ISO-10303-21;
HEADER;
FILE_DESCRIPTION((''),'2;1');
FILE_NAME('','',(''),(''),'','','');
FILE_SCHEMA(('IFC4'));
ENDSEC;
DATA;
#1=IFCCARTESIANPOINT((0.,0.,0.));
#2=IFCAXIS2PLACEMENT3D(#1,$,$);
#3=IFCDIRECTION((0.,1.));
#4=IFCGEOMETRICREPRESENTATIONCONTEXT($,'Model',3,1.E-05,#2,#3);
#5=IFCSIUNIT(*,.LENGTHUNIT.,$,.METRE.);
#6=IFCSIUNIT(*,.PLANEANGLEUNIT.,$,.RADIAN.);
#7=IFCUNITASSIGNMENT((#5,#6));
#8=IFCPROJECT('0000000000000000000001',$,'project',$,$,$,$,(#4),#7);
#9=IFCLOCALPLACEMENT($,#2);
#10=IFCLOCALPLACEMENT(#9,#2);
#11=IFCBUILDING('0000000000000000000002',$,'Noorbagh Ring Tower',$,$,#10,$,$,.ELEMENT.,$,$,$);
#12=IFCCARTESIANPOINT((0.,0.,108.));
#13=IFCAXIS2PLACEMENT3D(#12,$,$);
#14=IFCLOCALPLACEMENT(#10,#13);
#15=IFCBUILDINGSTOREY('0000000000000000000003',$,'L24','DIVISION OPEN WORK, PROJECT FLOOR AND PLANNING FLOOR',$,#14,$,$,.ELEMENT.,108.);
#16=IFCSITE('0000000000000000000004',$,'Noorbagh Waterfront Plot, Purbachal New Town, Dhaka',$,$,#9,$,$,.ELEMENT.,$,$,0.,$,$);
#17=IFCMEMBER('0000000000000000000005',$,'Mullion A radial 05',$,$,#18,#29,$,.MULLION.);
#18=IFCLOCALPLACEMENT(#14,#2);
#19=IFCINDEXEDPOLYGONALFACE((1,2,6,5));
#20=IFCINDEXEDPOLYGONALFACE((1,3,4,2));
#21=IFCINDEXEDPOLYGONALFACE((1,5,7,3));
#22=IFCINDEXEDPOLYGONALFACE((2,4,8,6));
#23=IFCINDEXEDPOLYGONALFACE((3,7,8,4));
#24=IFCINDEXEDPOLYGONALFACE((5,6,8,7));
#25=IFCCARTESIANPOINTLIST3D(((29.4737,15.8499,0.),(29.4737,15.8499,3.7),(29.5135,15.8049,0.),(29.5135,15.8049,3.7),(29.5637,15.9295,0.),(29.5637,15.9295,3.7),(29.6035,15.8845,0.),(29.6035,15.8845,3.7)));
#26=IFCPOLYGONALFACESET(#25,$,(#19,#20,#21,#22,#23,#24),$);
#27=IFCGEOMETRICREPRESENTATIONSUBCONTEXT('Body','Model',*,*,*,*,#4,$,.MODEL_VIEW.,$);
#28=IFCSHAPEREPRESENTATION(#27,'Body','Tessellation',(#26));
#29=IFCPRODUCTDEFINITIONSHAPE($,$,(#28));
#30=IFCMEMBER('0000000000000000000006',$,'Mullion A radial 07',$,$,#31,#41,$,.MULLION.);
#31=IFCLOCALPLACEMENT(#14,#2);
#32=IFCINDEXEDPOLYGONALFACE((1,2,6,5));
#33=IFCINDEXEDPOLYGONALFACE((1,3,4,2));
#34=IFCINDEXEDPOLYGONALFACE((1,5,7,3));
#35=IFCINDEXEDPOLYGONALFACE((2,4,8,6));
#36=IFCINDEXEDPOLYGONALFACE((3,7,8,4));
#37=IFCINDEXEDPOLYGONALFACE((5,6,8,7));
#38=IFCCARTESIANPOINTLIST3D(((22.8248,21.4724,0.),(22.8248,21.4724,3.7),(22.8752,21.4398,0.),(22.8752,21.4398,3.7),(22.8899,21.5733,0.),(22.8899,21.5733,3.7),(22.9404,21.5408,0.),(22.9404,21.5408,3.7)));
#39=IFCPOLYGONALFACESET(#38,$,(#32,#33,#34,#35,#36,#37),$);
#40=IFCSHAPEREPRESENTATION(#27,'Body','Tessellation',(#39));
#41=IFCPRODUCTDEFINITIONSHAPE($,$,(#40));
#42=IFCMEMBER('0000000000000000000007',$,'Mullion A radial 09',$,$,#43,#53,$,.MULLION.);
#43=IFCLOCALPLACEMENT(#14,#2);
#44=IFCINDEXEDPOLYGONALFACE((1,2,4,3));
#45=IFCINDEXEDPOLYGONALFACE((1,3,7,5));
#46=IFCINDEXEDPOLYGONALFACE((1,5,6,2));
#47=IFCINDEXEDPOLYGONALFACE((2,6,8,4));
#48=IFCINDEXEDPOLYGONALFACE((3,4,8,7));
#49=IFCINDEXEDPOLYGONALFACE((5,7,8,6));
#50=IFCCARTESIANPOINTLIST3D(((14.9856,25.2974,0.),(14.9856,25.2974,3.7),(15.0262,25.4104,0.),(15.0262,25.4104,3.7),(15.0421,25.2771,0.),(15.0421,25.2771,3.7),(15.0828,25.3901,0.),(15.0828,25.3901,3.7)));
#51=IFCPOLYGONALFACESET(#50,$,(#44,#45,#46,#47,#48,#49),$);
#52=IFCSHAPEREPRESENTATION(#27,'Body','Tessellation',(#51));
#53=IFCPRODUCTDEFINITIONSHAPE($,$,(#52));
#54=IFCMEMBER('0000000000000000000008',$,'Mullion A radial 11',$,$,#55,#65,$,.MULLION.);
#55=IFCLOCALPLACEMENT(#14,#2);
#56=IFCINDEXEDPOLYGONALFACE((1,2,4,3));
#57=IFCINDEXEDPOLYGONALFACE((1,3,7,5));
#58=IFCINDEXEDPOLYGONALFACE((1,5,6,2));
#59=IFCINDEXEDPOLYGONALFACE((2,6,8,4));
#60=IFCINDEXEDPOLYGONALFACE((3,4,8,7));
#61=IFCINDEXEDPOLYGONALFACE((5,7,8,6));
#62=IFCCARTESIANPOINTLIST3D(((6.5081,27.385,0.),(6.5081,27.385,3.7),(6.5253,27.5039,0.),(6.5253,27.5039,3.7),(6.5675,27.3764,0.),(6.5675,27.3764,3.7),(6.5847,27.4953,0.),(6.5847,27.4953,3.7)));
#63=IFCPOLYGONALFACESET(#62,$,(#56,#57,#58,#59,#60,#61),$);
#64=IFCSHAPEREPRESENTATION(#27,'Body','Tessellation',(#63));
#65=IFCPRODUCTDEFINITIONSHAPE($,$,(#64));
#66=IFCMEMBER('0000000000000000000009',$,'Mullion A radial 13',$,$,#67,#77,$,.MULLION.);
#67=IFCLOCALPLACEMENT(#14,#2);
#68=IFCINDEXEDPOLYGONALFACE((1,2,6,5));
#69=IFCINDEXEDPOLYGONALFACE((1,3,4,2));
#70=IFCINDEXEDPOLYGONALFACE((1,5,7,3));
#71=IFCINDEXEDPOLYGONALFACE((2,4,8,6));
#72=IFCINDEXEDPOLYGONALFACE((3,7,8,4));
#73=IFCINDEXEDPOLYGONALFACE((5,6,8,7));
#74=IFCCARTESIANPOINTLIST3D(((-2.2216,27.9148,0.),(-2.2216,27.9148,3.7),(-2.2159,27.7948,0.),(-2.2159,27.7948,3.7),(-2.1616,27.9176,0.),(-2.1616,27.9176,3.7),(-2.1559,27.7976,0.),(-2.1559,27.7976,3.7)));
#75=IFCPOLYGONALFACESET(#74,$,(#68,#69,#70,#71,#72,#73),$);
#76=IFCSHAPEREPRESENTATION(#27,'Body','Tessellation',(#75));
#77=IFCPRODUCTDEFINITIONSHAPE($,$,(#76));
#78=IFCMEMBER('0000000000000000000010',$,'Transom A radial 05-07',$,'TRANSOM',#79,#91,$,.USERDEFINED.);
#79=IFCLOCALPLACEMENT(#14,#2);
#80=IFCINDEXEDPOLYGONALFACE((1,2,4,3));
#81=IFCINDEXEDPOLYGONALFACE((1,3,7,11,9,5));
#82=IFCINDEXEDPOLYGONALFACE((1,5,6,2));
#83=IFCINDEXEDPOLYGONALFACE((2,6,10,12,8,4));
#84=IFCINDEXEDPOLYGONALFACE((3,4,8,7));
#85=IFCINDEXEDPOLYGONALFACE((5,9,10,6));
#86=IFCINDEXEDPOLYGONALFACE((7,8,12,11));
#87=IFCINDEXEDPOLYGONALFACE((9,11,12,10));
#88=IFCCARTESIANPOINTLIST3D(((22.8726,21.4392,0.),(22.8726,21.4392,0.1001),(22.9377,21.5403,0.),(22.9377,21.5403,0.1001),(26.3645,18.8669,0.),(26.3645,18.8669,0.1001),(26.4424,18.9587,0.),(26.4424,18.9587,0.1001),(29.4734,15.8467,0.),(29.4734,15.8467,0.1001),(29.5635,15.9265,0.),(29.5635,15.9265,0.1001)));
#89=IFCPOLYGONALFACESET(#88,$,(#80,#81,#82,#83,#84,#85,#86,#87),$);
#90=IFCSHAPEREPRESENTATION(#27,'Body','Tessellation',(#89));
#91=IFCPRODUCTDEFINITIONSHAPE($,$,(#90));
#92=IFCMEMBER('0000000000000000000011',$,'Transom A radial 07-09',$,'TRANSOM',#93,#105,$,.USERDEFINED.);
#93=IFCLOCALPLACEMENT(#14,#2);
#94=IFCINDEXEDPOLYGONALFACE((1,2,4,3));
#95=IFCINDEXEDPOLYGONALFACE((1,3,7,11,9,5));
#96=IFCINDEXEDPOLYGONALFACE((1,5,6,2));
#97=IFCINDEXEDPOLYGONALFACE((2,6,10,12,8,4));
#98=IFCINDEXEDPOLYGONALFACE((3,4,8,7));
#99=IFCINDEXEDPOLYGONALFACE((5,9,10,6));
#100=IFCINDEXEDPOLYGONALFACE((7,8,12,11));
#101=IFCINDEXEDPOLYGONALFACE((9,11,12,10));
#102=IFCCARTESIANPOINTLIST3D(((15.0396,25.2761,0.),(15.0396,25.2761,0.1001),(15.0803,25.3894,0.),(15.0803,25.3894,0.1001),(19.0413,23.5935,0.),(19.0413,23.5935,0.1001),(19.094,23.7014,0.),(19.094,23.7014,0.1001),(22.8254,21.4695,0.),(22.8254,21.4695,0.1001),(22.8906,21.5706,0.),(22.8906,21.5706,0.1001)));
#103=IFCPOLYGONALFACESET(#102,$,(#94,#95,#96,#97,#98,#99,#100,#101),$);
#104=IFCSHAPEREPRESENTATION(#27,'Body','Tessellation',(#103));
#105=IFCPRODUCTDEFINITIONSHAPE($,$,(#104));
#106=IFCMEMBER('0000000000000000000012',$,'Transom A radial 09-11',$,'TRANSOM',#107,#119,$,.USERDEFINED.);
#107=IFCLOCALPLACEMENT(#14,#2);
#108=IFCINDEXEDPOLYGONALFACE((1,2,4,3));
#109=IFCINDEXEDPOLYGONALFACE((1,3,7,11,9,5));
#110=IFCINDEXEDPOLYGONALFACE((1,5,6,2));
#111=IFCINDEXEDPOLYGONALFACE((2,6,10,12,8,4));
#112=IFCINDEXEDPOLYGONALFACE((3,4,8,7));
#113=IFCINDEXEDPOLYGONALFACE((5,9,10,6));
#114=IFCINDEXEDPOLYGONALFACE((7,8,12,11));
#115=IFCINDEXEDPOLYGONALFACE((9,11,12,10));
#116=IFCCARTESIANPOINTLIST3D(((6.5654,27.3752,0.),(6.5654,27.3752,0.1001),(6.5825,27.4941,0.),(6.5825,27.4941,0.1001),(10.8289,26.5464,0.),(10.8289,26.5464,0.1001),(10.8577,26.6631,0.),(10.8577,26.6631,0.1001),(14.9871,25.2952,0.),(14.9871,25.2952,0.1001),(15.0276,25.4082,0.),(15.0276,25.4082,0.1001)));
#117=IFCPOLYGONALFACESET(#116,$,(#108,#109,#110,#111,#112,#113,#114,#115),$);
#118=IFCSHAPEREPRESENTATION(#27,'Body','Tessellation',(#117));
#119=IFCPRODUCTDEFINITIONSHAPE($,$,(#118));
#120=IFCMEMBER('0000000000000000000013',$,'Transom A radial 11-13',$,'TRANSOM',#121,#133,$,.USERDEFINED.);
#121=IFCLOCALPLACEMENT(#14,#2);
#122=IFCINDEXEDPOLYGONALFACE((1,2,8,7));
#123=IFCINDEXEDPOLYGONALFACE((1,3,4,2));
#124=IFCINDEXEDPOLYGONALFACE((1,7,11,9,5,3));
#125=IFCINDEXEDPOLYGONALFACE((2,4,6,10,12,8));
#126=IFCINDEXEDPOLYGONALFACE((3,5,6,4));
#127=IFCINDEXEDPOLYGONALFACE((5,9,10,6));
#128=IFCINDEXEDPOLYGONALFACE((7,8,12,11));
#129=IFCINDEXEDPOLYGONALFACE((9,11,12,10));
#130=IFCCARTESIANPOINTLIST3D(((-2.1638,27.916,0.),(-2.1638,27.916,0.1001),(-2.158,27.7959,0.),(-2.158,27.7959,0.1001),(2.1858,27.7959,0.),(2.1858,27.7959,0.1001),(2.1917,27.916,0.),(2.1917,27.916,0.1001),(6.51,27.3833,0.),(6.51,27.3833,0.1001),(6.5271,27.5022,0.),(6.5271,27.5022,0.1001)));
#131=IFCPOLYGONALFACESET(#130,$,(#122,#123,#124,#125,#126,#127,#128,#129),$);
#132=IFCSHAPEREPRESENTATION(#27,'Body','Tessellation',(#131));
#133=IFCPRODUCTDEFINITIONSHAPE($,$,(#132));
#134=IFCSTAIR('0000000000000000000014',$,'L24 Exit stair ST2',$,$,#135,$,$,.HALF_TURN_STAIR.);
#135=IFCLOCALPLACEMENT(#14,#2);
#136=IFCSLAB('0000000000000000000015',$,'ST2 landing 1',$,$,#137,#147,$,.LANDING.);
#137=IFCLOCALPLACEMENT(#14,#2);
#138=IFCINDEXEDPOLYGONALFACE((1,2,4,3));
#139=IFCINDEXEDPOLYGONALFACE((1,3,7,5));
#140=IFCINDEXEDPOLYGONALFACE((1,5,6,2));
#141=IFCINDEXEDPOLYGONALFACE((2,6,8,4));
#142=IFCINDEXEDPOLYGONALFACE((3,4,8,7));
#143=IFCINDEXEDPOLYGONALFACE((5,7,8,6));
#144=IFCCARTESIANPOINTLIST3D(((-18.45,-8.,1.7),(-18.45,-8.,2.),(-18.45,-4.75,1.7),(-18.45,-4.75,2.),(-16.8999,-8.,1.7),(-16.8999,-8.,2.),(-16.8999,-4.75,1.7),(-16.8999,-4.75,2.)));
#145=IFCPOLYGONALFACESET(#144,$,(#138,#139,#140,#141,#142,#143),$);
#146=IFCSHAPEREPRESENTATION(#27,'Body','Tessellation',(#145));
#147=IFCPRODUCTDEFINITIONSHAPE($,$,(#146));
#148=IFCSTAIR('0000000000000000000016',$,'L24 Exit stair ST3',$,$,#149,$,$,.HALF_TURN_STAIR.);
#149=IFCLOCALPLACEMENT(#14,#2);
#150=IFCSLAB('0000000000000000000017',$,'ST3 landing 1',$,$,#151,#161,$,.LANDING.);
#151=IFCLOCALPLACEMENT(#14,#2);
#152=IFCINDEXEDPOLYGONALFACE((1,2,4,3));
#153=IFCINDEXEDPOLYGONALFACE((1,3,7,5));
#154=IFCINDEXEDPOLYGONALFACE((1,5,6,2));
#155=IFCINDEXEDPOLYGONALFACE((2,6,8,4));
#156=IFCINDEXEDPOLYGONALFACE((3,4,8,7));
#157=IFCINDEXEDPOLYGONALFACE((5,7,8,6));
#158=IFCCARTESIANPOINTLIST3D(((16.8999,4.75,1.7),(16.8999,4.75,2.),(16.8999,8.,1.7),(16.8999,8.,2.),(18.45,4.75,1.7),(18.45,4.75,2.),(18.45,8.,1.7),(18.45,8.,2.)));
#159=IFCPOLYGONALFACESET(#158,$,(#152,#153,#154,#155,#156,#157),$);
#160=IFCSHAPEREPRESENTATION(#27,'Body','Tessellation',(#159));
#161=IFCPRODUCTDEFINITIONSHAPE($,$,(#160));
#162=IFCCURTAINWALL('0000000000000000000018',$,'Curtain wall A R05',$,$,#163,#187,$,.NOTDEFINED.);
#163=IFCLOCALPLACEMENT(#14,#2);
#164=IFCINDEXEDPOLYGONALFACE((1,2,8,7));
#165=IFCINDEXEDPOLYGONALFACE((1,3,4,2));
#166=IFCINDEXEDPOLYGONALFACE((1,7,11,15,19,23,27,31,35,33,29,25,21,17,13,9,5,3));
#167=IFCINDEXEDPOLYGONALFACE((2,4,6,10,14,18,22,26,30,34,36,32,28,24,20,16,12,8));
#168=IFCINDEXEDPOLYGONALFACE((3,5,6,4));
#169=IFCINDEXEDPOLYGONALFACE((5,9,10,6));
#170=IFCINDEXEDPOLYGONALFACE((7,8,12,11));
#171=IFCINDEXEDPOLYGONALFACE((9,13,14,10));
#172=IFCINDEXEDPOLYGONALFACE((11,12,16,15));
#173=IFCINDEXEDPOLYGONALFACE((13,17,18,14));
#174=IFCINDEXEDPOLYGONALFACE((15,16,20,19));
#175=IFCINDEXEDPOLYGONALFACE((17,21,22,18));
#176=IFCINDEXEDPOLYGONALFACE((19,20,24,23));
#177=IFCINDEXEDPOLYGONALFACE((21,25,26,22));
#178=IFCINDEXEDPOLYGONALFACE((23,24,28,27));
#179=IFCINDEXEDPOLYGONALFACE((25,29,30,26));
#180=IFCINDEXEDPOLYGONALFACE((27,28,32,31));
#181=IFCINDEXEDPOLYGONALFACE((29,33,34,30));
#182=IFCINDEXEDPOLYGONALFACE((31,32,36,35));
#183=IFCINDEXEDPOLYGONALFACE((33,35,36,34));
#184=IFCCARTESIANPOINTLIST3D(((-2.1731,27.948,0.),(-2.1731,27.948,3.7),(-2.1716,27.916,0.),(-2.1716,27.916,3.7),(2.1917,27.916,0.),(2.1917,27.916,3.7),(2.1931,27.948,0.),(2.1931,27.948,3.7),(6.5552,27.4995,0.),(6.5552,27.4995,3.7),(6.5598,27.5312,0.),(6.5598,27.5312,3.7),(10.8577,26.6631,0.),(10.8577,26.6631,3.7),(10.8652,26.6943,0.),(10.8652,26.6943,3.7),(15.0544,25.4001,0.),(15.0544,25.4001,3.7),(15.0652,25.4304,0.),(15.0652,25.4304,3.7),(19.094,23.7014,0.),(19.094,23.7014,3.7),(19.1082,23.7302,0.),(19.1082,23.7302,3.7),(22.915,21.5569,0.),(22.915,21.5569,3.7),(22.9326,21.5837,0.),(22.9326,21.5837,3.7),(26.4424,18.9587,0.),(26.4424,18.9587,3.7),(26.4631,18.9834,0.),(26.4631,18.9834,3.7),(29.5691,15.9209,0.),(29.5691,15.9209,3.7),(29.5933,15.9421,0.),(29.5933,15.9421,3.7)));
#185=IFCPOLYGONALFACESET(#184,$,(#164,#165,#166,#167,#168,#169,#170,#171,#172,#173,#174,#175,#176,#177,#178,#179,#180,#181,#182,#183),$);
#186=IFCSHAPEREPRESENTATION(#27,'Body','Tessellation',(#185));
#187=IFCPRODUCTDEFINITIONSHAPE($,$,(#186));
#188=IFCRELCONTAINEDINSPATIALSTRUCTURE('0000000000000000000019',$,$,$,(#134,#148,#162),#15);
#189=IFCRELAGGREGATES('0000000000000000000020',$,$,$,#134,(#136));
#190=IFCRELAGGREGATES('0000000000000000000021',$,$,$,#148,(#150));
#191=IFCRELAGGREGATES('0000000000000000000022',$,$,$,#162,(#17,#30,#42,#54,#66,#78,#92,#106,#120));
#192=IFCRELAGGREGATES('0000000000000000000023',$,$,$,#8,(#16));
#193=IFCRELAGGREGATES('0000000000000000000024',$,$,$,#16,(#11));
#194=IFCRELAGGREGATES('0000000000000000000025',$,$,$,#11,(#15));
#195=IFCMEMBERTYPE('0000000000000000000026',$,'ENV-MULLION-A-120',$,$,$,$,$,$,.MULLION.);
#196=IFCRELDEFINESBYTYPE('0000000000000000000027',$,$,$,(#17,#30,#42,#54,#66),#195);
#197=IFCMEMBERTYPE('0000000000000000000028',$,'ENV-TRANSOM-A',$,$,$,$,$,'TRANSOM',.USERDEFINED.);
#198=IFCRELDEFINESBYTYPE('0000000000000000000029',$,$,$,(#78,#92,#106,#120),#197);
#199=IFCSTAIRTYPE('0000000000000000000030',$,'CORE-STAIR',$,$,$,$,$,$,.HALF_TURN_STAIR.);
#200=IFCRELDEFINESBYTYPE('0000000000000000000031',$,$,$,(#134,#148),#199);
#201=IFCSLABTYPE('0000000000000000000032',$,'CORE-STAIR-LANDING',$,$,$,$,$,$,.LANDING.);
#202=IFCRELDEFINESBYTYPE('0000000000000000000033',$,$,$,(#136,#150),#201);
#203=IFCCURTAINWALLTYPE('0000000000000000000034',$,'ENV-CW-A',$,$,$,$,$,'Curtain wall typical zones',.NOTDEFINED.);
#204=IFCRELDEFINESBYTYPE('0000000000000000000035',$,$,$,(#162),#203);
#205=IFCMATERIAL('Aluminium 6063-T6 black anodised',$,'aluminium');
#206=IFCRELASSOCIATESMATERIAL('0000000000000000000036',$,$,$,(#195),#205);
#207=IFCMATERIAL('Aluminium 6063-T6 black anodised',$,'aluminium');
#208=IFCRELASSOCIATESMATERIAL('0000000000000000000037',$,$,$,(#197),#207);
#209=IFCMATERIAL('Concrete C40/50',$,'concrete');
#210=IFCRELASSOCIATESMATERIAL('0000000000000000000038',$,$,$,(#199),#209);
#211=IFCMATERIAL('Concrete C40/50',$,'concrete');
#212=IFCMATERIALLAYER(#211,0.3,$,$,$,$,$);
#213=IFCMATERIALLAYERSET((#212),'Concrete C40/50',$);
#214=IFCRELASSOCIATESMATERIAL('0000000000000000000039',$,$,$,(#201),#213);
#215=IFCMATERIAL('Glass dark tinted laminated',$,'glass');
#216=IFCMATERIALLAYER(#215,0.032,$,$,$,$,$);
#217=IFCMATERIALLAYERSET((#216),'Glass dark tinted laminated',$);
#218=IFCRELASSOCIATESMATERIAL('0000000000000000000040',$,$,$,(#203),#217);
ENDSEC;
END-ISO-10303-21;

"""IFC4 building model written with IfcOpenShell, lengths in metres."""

from ifc_helpers import new_model, si_unit, direction, frame, origin, origin_2d, place, context, subcontext, project, spatial, polyline, rectangle, outline, extrude, material, layer, layer_set, material_profile, profile_set, type_object, element, aggregate, save


model = new_model("IFC4")

# Units and contexts
model_context = context("Model", 3, precision=1e-05, world=origin(), true_north=direction((0.0, 1.0)))
body_context = subcontext(model_context, "Body", "Model", "MODEL_VIEW")
ifc_project = project(units=[si_unit("LENGTHUNIT", "METRE"), si_unit("PLANEANGLEUNIT", "RADIAN")], contexts=[model_context])

# Members
ifc_material_1 = material(Name="Aluminium 6063-T6 black anodised", Category="aluminium")
ifc_material_profile = material_profile(ifc_material_1, rectangle(XDim=0.1201, YDim=0.0601, at=origin_2d()), Name="120x60")
ifc_profile_set = profile_set([ifc_material_profile], Name="Aluminium 6063-T6 black anodised")
member_type_1 = type_object("IfcMemberType", Name="ENV-MULLION-A-120", PredefinedType="MULLION", material=ifc_profile_set)
site_placement = place(None, origin())
building_placement = place(site_placement, origin())
storey_placement = place(building_placement, frame((0.0, 0.0, 108.0)))
member_1_placement = place(storey_placement, frame((29.5386, 15.8672, 0.0), z_axis=(0.0, 0.0, 1.0), x_axis=(-0.749047, -0.662517, 0.0)))
member_1 = element("IfcMember", 1, at=member_1_placement, type_object=member_type_1, Name="Mullion A radial 05", PredefinedType="MULLION", context=body_context, shape_type="SweptSolid", body=[
    extrude(rectangle(XDim=0.1201, YDim=0.0601, at=origin_2d()), origin(), (0.0, 0.0, 1.0), 3.7),
])
member_2_placement = place(storey_placement, frame((22.8826, 21.5066, 0.0), z_axis=(0.0, 0.0, 1.0), x_axis=(-0.542279, -0.840198, 0.0)))
member_2 = element("IfcMember", 2, at=member_2_placement, type_object=member_type_1, Name="Mullion A radial 07", PredefinedType="MULLION", context=body_context, shape_type="SweptSolid", body=[
    extrude(rectangle(XDim=0.1201, YDim=0.0601, at=origin_2d()), origin(), (0.0, 0.0, 1.0), 3.7),
])
member_3_placement = place(storey_placement, frame((15.0342, 25.3438, 0.0), z_axis=(0.0, 0.0, 1.0), x_axis=(-0.338379, -0.94101, 0.0)))
member_3 = element("IfcMember", 3, at=member_3_placement, type_object=member_type_1, Name="Mullion A radial 09", PredefinedType="MULLION", context=body_context, shape_type="SweptSolid", body=[
    extrude(rectangle(XDim=0.1201, YDim=0.0601, at=origin_2d()), origin(), (0.0, 0.0, 1.0), 3.7),
])
member_4_placement = place(storey_placement, frame((6.5464, 27.4402, 0.0), z_axis=(0.0, 0.0, 1.0), x_axis=(-0.143082, -0.989711, 0.0)))
member_4 = element("IfcMember", 4, at=member_4_placement, type_object=member_type_1, Name="Mullion A radial 11", PredefinedType="MULLION", context=body_context, shape_type="SweptSolid", body=[
    extrude(rectangle(XDim=0.1201, YDim=0.0601, at=origin_2d()), origin(), (0.0, 0.0, 1.0), 3.7),
])
member_5_placement = place(storey_placement, frame((-2.1887, 27.8562, 0.0), z_axis=(0.0, 0.0, 1.0), x_axis=(0.047558, -0.998868, 0.0)))
member_5 = element("IfcMember", 5, at=member_5_placement, type_object=member_type_1, Name="Mullion A radial 13", PredefinedType="MULLION", context=body_context, shape_type="SweptSolid", body=[
    extrude(rectangle(XDim=0.1201, YDim=0.0601, at=origin_2d()), origin(), (0.0, 0.0, 1.0), 3.7),
])
ifc_material_2 = material(Name="Aluminium 6063-T6 black anodised", Category="aluminium")
member_type_2 = type_object("IfcMemberType", Name="ENV-TRANSOM-A", ElementType="TRANSOM", PredefinedType="USERDEFINED", material=ifc_material_2)
member_6_placement = place(storey_placement, origin())
member_6 = element("IfcMember", 6, at=member_6_placement, type_object=member_type_2, Name="Transom A radial 05-07", ObjectType="TRANSOM", PredefinedType="USERDEFINED", context=body_context, shape_type="SweptSolid", body=[
    extrude(outline(polyline([(29.5635, 15.9265), (26.4424, 18.9587), (22.9377, 21.5403), (22.8726, 21.4392), (26.3645, 18.8669), (29.4734, 15.8467), (29.5635, 15.9265)])), origin(), (0.0, 0.0, 1.0), 0.1001),
])
member_7_placement = place(storey_placement, origin())
member_7 = element("IfcMember", 7, at=member_7_placement, type_object=member_type_2, Name="Transom A radial 07-09", ObjectType="TRANSOM", PredefinedType="USERDEFINED", context=body_context, shape_type="SweptSolid", body=[
    extrude(outline(polyline([(22.8906, 21.5706), (19.094, 23.7014), (15.0803, 25.3894), (15.0396, 25.2761), (19.0413, 23.5935), (22.8254, 21.4695), (22.8906, 21.5706)])), origin(), (0.0, 0.0, 1.0), 0.1001),
])
member_8_placement = place(storey_placement, origin())
member_8 = element("IfcMember", 8, at=member_8_placement, type_object=member_type_2, Name="Transom A radial 09-11", ObjectType="TRANSOM", PredefinedType="USERDEFINED", context=body_context, shape_type="SweptSolid", body=[
    extrude(outline(polyline([(15.0276, 25.4082), (10.8577, 26.6631), (6.5825, 27.4941), (6.5654, 27.3752), (10.8289, 26.5464), (14.9871, 25.2952), (15.0276, 25.4082)])), origin(), (0.0, 0.0, 1.0), 0.1001),
])
member_9_placement = place(storey_placement, origin())
member_9 = element("IfcMember", 9, at=member_9_placement, type_object=member_type_2, Name="Transom A radial 11-13", ObjectType="TRANSOM", PredefinedType="USERDEFINED", context=body_context, shape_type="SweptSolid", body=[
    extrude(outline(polyline([(6.5271, 27.5022), (2.1917, 27.916), (-2.1638, 27.916), (-2.158, 27.7959), (2.1858, 27.7959), (6.51, 27.3833), (6.5271, 27.5022)])), origin(), (0.0, 0.0, 1.0), 0.1001),
])

# Site, building, storey
site = spatial("IfcSite", under=ifc_project, at=site_placement, Name="Noorbagh Waterfront Plot, Purbachal New Town, Dhaka", CompositionType="ELEMENT", RefElevation=0.0)
building = spatial("IfcBuilding", under=site, at=building_placement, Name="Noorbagh Ring Tower", CompositionType="ELEMENT")
storey = spatial("IfcBuildingStorey", under=building, at=storey_placement, Name="L24", Description="DIVISION OPEN WORK, PROJECT FLOOR AND PLANNING FLOOR", CompositionType="ELEMENT", Elevation=108.0)

# Stairs, slabs
ifc_material_3 = material(Name="Concrete C40/50", Category="concrete")
stair_type = type_object("IfcStairType", Name="CORE-STAIR", PredefinedType="HALF_TURN_STAIR", material=ifc_material_3)
stair_1_placement = place(storey_placement, origin())
stair_1 = element("IfcStair", 10, at=stair_1_placement, inside=storey, type_object=stair_type, Name="L24 Exit stair ST2", PredefinedType="HALF_TURN_STAIR")
ifc_material_4 = material(Name="Concrete C40/50", Category="concrete")
ifc_layer_1 = layer(ifc_material_4, 0.3)
ifc_layer_set_1 = layer_set([ifc_layer_1], Name="Concrete C40/50")
slab_type = type_object("IfcSlabType", Name="CORE-STAIR-LANDING", PredefinedType="LANDING", material=ifc_layer_set_1)
slab_1_placement = place(storey_placement, frame((0.0, 0.0, 1.7)))
slab_1 = element("IfcSlab", 11, at=slab_1_placement, type_object=slab_type, Name="ST2 landing 1", PredefinedType="LANDING", context=body_context, shape_type="SweptSolid", body=[
    extrude(outline(polyline([(-18.45, -8.0), (-16.8999, -8.0), (-16.8999, -4.75), (-18.45, -4.75), (-18.45, -8.0)])), origin(), (0.0, 0.0, 1.0), 0.3),
])
aggregate(stair_1, [slab_1])
stair_2_placement = place(storey_placement, origin())
stair_2 = element("IfcStair", 12, at=stair_2_placement, inside=storey, type_object=stair_type, Name="L24 Exit stair ST3", PredefinedType="HALF_TURN_STAIR")
slab_2_placement = place(storey_placement, frame((0.0, 0.0, 1.7)))
slab_2 = element("IfcSlab", 13, at=slab_2_placement, type_object=slab_type, Name="ST3 landing 1", PredefinedType="LANDING", context=body_context, shape_type="SweptSolid", body=[
    extrude(outline(polyline([(18.45, 8.0), (16.8999, 8.0), (16.8999, 4.75), (18.45, 4.75), (18.45, 8.0)])), origin(), (0.0, 0.0, 1.0), 0.3),
])
aggregate(stair_2, [slab_2])

# Curtain wall
ifc_material_5 = material(Name="Glass dark tinted laminated", Category="glass")
ifc_layer_2 = layer(ifc_material_5, 0.032)
ifc_layer_set_2 = layer_set([ifc_layer_2], Name="Glass dark tinted laminated")
curtain_wall_type = type_object("IfcCurtainWallType", Name="ENV-CW-A", ElementType="Curtain wall typical zones", PredefinedType="NOTDEFINED", material=ifc_layer_set_2)
curtain_wall_placement = place(storey_placement, origin())
curtain_wall = element("IfcCurtainWall", 14, at=curtain_wall_placement, inside=storey, type_object=curtain_wall_type, Name="Curtain wall A R05", PredefinedType="NOTDEFINED", context=body_context, shape_type="SweptSolid", body=[
    extrude(outline(polyline([(29.5933, 15.9421), (26.4631, 18.9834), (22.9326, 21.5837), (19.1082, 23.7302), (15.0652, 25.4304), (10.8652, 26.6943), (6.5598, 27.5312), (2.1931, 27.948), (-2.1731, 27.948), (-2.1716, 27.916), (2.1917, 27.916), (6.5552, 27.4995), (10.8577, 26.6631), (15.0544, 25.4001), (19.094, 23.7014), (22.915, 21.5569), (26.4424, 18.9587), (29.5691, 15.9209), (29.5933, 15.9421)])), origin(), (0.0, 0.0, 1.0), 3.7),
])
aggregate(curtain_wall, [member_1, member_2, member_3, member_4, member_5, member_6, member_7, member_8, member_9])

save(model, "model.ifc")
